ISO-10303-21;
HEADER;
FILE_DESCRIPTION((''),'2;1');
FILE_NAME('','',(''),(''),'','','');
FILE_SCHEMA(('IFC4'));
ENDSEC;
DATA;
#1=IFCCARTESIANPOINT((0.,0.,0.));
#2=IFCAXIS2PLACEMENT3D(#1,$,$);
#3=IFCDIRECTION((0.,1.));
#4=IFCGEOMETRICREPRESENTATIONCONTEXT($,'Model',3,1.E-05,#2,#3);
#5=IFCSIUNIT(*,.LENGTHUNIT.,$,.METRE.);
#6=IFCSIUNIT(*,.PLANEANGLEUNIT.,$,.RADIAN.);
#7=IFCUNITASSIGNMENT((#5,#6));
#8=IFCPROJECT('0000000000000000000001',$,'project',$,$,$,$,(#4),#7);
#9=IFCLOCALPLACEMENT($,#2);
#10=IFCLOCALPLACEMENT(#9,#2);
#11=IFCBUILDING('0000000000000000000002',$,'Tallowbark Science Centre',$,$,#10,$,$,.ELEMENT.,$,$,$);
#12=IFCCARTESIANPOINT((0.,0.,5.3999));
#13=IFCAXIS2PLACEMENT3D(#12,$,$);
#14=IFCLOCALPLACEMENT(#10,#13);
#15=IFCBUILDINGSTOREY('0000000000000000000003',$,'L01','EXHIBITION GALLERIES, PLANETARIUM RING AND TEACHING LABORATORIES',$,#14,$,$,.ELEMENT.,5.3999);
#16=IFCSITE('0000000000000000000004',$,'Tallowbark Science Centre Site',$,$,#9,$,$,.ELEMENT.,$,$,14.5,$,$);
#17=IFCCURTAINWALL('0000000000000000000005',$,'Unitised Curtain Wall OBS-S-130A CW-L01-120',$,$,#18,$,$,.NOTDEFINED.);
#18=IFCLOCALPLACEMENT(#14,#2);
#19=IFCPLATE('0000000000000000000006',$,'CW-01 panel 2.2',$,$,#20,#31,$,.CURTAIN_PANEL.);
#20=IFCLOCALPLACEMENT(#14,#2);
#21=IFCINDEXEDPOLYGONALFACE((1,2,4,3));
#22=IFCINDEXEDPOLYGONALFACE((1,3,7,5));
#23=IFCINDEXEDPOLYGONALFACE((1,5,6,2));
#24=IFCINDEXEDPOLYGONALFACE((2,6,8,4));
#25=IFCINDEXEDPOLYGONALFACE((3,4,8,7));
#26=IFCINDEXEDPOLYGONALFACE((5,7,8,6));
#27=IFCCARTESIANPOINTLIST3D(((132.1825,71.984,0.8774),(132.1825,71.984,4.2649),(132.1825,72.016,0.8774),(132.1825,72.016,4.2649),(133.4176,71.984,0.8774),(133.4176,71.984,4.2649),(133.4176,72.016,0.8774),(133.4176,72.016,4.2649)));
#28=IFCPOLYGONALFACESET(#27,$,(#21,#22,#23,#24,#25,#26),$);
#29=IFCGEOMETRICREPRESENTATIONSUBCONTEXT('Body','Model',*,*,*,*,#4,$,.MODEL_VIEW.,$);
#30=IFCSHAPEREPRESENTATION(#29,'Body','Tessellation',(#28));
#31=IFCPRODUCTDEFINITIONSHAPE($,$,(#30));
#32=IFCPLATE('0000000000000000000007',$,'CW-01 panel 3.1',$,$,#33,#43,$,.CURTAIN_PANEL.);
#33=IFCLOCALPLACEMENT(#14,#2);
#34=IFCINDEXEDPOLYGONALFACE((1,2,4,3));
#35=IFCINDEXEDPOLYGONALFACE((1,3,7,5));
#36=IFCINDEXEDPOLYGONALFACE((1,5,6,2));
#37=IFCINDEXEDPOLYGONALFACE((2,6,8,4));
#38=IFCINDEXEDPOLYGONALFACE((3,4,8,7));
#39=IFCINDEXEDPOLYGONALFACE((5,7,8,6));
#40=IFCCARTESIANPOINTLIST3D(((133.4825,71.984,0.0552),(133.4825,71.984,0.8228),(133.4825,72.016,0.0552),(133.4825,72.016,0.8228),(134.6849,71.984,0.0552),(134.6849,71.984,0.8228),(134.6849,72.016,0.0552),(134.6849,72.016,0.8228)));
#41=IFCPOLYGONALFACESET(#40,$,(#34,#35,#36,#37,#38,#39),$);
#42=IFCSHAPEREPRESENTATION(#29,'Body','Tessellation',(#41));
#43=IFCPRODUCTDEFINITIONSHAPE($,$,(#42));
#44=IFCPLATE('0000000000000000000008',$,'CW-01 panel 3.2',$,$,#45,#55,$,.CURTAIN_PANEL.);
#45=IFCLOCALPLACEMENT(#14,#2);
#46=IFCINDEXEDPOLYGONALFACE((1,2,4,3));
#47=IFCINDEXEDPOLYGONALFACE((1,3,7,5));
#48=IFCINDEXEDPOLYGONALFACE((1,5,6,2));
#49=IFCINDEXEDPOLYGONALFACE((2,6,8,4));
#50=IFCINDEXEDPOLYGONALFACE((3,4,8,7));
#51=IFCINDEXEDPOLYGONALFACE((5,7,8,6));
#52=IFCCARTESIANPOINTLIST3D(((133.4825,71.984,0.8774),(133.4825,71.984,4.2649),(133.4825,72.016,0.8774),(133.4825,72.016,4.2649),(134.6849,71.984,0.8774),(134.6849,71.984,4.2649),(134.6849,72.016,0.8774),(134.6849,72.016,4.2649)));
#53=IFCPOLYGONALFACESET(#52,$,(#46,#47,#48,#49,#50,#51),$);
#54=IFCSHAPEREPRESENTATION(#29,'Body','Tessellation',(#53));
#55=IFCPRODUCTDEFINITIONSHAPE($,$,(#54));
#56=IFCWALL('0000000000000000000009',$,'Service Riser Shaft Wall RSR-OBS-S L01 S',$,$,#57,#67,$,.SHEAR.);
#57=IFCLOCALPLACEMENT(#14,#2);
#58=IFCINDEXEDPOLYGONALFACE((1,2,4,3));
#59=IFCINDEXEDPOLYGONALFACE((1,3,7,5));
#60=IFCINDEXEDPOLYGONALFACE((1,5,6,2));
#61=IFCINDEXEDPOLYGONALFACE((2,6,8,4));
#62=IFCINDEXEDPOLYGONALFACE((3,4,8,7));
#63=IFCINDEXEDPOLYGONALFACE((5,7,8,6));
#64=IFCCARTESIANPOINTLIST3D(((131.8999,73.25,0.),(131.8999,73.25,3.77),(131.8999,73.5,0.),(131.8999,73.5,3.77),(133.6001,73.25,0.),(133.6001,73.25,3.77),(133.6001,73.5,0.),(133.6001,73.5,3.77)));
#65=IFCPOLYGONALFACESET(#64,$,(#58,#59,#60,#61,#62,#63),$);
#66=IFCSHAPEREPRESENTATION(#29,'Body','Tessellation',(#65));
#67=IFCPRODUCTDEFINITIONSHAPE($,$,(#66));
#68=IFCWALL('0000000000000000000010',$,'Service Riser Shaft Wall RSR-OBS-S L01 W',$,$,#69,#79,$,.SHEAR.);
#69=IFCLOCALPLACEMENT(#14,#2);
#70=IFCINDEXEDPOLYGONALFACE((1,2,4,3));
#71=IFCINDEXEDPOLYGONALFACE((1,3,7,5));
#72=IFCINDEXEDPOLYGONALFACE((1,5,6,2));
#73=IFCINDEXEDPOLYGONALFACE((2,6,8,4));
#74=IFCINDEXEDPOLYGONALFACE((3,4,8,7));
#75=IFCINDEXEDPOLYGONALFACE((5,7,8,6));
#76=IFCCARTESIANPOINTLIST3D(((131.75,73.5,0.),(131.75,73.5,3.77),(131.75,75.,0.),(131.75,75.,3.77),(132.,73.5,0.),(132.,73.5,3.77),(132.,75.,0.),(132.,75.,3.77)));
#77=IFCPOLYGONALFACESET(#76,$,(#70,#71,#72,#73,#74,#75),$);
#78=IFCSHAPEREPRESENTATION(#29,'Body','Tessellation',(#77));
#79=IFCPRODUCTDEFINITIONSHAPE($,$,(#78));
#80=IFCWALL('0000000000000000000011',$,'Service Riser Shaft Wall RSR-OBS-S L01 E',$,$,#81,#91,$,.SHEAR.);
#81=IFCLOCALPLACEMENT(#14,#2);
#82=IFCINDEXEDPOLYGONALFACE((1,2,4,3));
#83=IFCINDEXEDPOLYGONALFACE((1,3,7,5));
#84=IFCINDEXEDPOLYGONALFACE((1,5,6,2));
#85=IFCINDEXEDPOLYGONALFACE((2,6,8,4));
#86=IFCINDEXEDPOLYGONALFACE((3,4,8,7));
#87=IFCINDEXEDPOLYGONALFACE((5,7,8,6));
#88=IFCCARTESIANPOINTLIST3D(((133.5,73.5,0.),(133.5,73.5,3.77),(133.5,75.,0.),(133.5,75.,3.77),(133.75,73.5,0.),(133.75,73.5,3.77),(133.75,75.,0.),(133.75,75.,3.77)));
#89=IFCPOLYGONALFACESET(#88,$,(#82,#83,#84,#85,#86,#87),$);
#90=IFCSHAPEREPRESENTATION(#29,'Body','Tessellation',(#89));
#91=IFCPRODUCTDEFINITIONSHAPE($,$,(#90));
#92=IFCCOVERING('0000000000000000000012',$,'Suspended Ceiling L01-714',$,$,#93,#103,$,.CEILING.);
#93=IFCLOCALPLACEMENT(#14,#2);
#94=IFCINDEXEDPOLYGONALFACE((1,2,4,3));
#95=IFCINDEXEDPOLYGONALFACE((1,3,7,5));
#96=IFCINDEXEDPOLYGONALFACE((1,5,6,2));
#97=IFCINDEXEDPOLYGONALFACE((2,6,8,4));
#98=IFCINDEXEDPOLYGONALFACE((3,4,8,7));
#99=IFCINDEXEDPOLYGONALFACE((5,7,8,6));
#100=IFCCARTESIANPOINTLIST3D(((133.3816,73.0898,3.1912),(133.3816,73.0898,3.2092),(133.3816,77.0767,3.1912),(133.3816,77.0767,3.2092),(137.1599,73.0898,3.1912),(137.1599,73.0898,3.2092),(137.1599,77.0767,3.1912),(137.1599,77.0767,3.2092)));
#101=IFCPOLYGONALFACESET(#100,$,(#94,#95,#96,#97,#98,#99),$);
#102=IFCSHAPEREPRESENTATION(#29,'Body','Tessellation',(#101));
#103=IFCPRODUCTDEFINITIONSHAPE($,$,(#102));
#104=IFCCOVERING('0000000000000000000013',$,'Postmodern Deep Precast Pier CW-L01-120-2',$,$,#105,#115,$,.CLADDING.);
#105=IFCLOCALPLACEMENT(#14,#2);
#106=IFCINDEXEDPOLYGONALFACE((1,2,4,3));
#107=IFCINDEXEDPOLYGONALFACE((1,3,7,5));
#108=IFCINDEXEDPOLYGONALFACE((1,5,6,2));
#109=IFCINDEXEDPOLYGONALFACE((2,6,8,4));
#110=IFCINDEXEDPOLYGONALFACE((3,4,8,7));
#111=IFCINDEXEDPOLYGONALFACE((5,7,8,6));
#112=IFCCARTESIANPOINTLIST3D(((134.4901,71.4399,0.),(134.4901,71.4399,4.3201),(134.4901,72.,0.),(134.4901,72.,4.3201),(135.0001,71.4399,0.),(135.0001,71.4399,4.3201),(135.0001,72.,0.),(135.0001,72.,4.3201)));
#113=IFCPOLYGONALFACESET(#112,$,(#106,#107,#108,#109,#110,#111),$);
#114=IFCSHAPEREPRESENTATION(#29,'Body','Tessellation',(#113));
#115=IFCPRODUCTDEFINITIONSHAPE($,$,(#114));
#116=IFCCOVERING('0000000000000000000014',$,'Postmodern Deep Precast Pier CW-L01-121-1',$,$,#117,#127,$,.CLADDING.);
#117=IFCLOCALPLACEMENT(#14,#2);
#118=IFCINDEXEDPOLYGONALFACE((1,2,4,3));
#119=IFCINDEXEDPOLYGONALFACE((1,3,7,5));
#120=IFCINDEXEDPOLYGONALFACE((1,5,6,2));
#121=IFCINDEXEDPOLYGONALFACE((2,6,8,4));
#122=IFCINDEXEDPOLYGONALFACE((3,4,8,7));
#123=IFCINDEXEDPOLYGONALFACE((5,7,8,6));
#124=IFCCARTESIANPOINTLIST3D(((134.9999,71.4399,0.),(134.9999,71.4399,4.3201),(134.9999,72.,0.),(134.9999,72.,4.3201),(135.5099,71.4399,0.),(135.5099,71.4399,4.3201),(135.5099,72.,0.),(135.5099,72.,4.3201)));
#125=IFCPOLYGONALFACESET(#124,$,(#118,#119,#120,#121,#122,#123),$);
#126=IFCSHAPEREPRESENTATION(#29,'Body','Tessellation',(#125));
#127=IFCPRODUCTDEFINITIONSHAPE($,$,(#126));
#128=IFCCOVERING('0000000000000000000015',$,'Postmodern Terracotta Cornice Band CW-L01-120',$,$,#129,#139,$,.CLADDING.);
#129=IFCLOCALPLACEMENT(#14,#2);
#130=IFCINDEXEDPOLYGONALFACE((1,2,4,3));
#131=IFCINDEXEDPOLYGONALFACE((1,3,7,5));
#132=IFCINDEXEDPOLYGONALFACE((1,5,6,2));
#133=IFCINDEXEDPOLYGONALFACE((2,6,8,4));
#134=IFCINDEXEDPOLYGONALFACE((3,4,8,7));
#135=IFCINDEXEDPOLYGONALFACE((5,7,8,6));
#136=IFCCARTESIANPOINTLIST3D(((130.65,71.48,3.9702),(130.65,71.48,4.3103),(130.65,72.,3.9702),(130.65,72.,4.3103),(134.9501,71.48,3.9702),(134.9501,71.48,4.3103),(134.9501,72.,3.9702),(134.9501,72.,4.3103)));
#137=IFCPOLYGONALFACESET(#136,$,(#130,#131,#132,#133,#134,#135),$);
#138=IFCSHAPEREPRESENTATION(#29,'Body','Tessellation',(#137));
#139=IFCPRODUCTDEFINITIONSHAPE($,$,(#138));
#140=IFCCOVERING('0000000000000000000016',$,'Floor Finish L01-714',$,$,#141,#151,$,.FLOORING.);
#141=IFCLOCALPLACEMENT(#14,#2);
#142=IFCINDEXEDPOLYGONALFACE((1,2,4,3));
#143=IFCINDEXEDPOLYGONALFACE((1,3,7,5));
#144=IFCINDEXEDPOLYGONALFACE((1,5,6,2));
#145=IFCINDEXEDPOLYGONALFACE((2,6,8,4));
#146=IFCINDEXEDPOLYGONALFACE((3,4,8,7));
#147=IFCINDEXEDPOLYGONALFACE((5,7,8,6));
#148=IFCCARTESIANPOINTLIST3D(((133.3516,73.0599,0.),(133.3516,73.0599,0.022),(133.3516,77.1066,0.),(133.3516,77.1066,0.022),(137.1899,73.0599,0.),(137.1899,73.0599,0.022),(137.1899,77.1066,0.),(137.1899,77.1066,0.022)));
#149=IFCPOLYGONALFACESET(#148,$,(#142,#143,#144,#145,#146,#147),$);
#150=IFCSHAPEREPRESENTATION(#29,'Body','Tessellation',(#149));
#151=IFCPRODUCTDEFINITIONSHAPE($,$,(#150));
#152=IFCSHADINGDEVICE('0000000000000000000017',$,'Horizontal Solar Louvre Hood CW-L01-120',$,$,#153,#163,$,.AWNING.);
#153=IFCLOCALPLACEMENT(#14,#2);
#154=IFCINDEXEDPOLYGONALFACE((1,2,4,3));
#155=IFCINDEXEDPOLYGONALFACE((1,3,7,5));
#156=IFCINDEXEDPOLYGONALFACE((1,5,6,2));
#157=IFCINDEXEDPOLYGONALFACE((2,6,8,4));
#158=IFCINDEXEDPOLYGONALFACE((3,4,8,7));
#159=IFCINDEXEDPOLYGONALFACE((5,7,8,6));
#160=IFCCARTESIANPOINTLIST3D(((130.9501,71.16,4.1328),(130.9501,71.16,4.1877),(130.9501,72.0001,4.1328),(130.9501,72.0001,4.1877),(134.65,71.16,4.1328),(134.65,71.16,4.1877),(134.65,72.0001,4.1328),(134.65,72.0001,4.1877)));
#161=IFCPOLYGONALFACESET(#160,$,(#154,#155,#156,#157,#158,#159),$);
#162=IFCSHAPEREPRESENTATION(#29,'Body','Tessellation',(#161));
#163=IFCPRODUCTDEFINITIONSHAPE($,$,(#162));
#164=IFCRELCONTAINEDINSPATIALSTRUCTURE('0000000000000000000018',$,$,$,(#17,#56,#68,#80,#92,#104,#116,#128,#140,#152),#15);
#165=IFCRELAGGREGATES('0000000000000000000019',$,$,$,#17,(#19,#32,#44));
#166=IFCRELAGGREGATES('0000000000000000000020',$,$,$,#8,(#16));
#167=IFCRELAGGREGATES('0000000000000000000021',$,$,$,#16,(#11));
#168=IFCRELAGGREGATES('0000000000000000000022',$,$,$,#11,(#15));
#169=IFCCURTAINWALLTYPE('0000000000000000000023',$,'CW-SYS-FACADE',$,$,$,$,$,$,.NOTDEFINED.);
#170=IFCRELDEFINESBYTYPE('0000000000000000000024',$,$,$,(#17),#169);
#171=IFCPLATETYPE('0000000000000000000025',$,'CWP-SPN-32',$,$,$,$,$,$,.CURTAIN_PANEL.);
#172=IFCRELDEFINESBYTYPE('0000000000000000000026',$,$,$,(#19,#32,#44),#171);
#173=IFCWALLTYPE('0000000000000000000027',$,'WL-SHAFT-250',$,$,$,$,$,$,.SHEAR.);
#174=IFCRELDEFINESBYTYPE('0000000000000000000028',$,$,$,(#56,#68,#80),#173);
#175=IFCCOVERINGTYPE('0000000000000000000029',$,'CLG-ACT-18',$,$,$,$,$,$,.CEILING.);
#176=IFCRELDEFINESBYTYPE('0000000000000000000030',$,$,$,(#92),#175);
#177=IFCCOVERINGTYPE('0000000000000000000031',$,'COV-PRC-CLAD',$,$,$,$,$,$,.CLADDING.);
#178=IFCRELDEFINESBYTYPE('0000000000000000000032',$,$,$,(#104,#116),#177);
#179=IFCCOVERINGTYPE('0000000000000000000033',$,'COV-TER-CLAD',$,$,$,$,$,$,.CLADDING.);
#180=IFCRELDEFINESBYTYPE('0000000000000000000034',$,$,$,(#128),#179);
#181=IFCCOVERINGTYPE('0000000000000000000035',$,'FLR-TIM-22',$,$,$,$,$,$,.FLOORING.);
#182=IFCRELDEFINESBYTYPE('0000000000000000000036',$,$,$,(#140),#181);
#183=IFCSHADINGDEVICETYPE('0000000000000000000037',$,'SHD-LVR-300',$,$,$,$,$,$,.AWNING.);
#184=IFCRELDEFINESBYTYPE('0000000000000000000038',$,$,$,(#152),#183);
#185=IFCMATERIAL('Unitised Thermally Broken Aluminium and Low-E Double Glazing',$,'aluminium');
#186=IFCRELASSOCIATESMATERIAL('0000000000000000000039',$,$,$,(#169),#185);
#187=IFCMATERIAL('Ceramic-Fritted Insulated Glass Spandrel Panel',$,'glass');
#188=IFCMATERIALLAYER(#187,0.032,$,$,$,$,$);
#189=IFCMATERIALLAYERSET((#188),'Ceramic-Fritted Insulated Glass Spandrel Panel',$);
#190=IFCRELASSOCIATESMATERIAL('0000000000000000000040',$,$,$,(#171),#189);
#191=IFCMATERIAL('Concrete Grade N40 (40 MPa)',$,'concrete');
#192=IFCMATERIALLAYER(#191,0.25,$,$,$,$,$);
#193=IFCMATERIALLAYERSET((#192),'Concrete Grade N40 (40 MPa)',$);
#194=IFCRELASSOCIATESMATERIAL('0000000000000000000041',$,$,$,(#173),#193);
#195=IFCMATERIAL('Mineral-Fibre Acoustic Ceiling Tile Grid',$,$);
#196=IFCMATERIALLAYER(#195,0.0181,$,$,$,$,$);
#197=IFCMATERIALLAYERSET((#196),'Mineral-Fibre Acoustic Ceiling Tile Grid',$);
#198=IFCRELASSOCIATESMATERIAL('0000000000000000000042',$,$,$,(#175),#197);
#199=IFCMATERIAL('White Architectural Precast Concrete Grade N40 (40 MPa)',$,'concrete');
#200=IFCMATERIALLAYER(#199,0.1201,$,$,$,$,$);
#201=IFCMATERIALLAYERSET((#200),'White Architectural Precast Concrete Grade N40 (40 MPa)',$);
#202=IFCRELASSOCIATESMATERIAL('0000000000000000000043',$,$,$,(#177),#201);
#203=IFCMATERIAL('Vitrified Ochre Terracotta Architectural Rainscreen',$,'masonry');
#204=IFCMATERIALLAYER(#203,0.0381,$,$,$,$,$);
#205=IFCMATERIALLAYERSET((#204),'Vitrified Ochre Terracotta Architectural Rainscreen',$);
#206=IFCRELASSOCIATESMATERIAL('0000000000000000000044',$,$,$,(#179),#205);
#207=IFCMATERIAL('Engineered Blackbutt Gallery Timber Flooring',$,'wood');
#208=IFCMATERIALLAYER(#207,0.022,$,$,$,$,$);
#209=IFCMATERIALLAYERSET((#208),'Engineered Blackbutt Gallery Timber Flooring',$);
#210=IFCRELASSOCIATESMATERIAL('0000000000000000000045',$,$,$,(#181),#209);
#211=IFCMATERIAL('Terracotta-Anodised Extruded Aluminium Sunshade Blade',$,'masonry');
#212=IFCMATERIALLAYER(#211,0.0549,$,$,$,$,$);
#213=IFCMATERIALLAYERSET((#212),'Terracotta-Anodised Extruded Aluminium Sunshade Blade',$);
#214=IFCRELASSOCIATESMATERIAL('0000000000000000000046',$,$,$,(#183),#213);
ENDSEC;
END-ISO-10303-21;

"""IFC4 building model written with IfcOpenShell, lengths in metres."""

from ifc_helpers import new_model, si_unit, direction, frame, frame_2d, origin, origin_2d, place, context, subcontext, project, spatial, rectangle, extrude, material, layer, layer_set, type_object, element, aggregate, save


model = new_model("IFC4")

# Units and contexts
model_context = context("Model", 3, precision=1e-05, world=origin(), true_north=direction((0.0, 1.0)))
body_context = subcontext(model_context, "Body", "Model", "MODEL_VIEW")
ifc_project = project(units=[si_unit("LENGTHUNIT", "METRE"), si_unit("PLANEANGLEUNIT", "RADIAN")], contexts=[model_context])

# Site, building, storey
site_placement = place(None, origin())
site = spatial("IfcSite", under=ifc_project, at=site_placement, Name="Tallowbark Science Centre Site", CompositionType="ELEMENT", RefElevation=14.5)
building_placement = place(site_placement, origin())
building = spatial("IfcBuilding", under=site, at=building_placement, Name="Tallowbark Science Centre", CompositionType="ELEMENT")
storey_placement = place(building_placement, frame((0.0, 0.0, 5.3999)))
storey = spatial("IfcBuildingStorey", under=building, at=storey_placement, Name="L01", Description="EXHIBITION GALLERIES, PLANETARIUM RING AND TEACHING LABORATORIES", CompositionType="ELEMENT", Elevation=5.3999)

# Curtain wall
ifc_material_1 = material(Name="Unitised Thermally Broken Aluminium and Low-E Double Glazing", Category="aluminium")
curtain_wall_type = type_object("IfcCurtainWallType", Name="CW-SYS-FACADE", PredefinedType="NOTDEFINED", material=ifc_material_1)
curtain_wall_1_placement = place(storey_placement, origin())
curtain_wall_1 = element("IfcCurtainWall", 1, at=curtain_wall_1_placement, inside=storey, type_object=curtain_wall_type, Name="Unitised Curtain Wall OBS-S-130A CW-L01-120", PredefinedType="NOTDEFINED")

# Plates
ifc_material_2 = material(Name="Ceramic-Fritted Insulated Glass Spandrel Panel", Category="glass")
ifc_layer_1 = layer(ifc_material_2, 0.032)
ifc_layer_set_1 = layer_set([ifc_layer_1], Name="Ceramic-Fritted Insulated Glass Spandrel Panel")
plate_type = type_object("IfcPlateType", Name="CWP-SPN-32", PredefinedType="CURTAIN_PANEL", material=ifc_layer_set_1)
plate_1_placement = place(storey_placement, frame((132.8, 72.0, 0.8774), z_axis=(0.0, 0.0, 1.0), x_axis=(1.0, 0.0, 0.0)))
plate_1 = element("IfcPlate", 2, at=plate_1_placement, type_object=plate_type, Name="CW-01 panel 2.2", PredefinedType="CURTAIN_PANEL", context=body_context, shape_type="SweptSolid", body=[
    extrude(rectangle(XDim=1.2351, YDim=0.032, at=origin_2d()), origin(), (0.0, 0.0, 1.0), 3.3875),
])
plate_2_placement = place(storey_placement, frame((134.0837, 72.0, 0.0552), z_axis=(0.0, 0.0, 1.0), x_axis=(1.0, 0.0, 0.0)))
plate_2 = element("IfcPlate", 3, at=plate_2_placement, type_object=plate_type, Name="CW-01 panel 3.1", PredefinedType="CURTAIN_PANEL", context=body_context, shape_type="SweptSolid", body=[
    extrude(rectangle(XDim=1.2024, YDim=0.032, at=origin_2d()), origin(), (0.0, 0.0, 1.0), 0.7676),
])
plate_3_placement = place(storey_placement, frame((134.0837, 72.0, 0.8774), z_axis=(0.0, 0.0, 1.0), x_axis=(1.0, 0.0, 0.0)))
plate_3 = element("IfcPlate", 4, at=plate_3_placement, type_object=plate_type, Name="CW-01 panel 3.2", PredefinedType="CURTAIN_PANEL", context=body_context, shape_type="SweptSolid", body=[
    extrude(rectangle(XDim=1.2024, YDim=0.032, at=origin_2d()), origin(), (0.0, 0.0, 1.0), 3.3875),
])
aggregate(curtain_wall_1, [plate_1, plate_2, plate_3])

# Walls
ifc_material_3 = material(Name="Concrete Grade N40 (40 MPa)", Category="concrete")
ifc_layer_2 = layer(ifc_material_3, 0.25)
ifc_layer_set_2 = layer_set([ifc_layer_2], Name="Concrete Grade N40 (40 MPa)")
wall_type = type_object("IfcWallType", Name="WL-SHAFT-250", PredefinedType="SHEAR", material=ifc_layer_set_2)
wall_placement = place(storey_placement, frame((131.8999, 73.375, 0.0), z_axis=(0.0, 0.0, 1.0), x_axis=(1.0, 0.0, 0.0)))
element("IfcWall", 5, at=wall_placement, inside=storey, type_object=wall_type, Name="Service Riser Shaft Wall RSR-OBS-S L01 S", PredefinedType="SHEAR", context=body_context, shape_type="SweptSolid", body=[
    extrude(rectangle(XDim=1.7002, YDim=0.25, at=frame_2d((0.8501, 0.0))), origin(), (0.0, 0.0, 1.0), 3.77),
])
for number, where, z_axis, x_axis, name in (
    (6, (131.875, 73.5, 0.0), (0.0, 0.0, 1.0), (0.0, 1.0, 0.0), "Service Riser Shaft Wall RSR-OBS-S L01 W"),
    (7, (133.625, 73.5, 0.0), (0.0, 0.0, 1.0), (0.0, 1.0, 0.0), "Service Riser Shaft Wall RSR-OBS-S L01 E"),
):
    element("IfcWall", number, at=place(storey_placement, frame(where, z_axis=z_axis, x_axis=x_axis)), inside=storey, type_object=wall_type, Name=name, PredefinedType="SHEAR", context=body_context, shape_type="SweptSolid", body=[
        extrude(rectangle(XDim=1.5, YDim=0.25, at=frame_2d((0.75, 0.0))), origin(), (0.0, 0.0, 1.0), 3.77),
    ])

# Coverings
ifc_material_4 = material(Name="Mineral-Fibre Acoustic Ceiling Tile Grid")
ifc_layer_3 = layer(ifc_material_4, 0.0181)
ifc_layer_set_3 = layer_set([ifc_layer_3], Name="Mineral-Fibre Acoustic Ceiling Tile Grid")
covering_type_1 = type_object("IfcCoveringType", Name="CLG-ACT-18", PredefinedType="CEILING", material=ifc_layer_set_3)
covering_1_placement = place(storey_placement, frame((135.2708, 75.0833, 3.1912), z_axis=(0.0, 0.0, 1.0), x_axis=(1.0, 0.0, 0.0)))
element("IfcCovering", 8, at=covering_1_placement, inside=storey, type_object=covering_type_1, Name="Suspended Ceiling L01-714", PredefinedType="CEILING", context=body_context, shape_type="SweptSolid", body=[
    extrude(rectangle(XDim=3.7783, YDim=3.9868, at=origin_2d()), origin(), (0.0, 0.0, 1.0), 0.0181),
])
ifc_material_5 = material(Name="White Architectural Precast Concrete Grade N40 (40 MPa)", Category="concrete")
ifc_layer_4 = layer(ifc_material_5, 0.1201)
ifc_layer_set_4 = layer_set([ifc_layer_4], Name="White Architectural Precast Concrete Grade N40 (40 MPa)")
covering_type_2 = type_object("IfcCoveringType", Name="COV-PRC-CLAD", PredefinedType="CLADDING", material=ifc_layer_set_4)
for number, where, z_axis, x_axis, name in (
    (9, (134.7451, 71.72, 0.0), (0.0, 0.0, 1.0), (1.0, 0.0, 0.0), "Postmodern Deep Precast Pier CW-L01-120-2"),
    (10, (135.2549, 71.72, 0.0), (0.0, 0.0, 1.0), (1.0, 0.0, 0.0), "Postmodern Deep Precast Pier CW-L01-121-1"),
):
    element("IfcCovering", number, at=place(storey_placement, frame(where, z_axis=z_axis, x_axis=x_axis)), inside=storey, type_object=covering_type_2, Name=name, PredefinedType="CLADDING", context=body_context, shape_type="SweptSolid", body=[
        extrude(rectangle(XDim=0.51, YDim=0.5601, at=origin_2d()), origin(), (0.0, 0.0, 1.0), 4.3201),
    ])
ifc_material_6 = material(Name="Vitrified Ochre Terracotta Architectural Rainscreen", Category="masonry")
ifc_layer_5 = layer(ifc_material_6, 0.0381)
ifc_layer_set_5 = layer_set([ifc_layer_5], Name="Vitrified Ochre Terracotta Architectural Rainscreen")
covering_type_3 = type_object("IfcCoveringType", Name="COV-TER-CLAD", PredefinedType="CLADDING", material=ifc_layer_set_5)
covering_2_placement = place(storey_placement, frame((132.8, 71.74, 3.9702), z_axis=(0.0, 0.0, 1.0), x_axis=(1.0, 0.0, 0.0)))
element("IfcCovering", 11, at=covering_2_placement, inside=storey, type_object=covering_type_3, Name="Postmodern Terracotta Cornice Band CW-L01-120", PredefinedType="CLADDING", context=body_context, shape_type="SweptSolid", body=[
    extrude(rectangle(XDim=4.3, YDim=0.52, at=origin_2d()), origin(), (0.0, 0.0, 1.0), 0.3401),
])
ifc_material_7 = material(Name="Engineered Blackbutt Gallery Timber Flooring", Category="wood")
ifc_layer_6 = layer(ifc_material_7, 0.022)
ifc_layer_set_6 = layer_set([ifc_layer_6], Name="Engineered Blackbutt Gallery Timber Flooring")
covering_type_4 = type_object("IfcCoveringType", Name="FLR-TIM-22", PredefinedType="FLOORING", material=ifc_layer_set_6)
covering_3_placement = place(storey_placement, frame((135.2708, 75.0833, 0.0), z_axis=(0.0, 0.0, 1.0), x_axis=(1.0, 0.0, 0.0)))
element("IfcCovering", 12, at=covering_3_placement, inside=storey, type_object=covering_type_4, Name="Floor Finish L01-714", PredefinedType="FLOORING", context=body_context, shape_type="SweptSolid", body=[
    extrude(rectangle(XDim=3.8384, YDim=4.0466, at=origin_2d()), origin(), (0.0, 0.0, 1.0), 0.022),
])

# Shading device
ifc_material_8 = material(Name="Terracotta-Anodised Extruded Aluminium Sunshade Blade", Category="masonry")
ifc_layer_7 = layer(ifc_material_8, 0.0549)
ifc_layer_set_7 = layer_set([ifc_layer_7], Name="Terracotta-Anodised Extruded Aluminium Sunshade Blade")
shading_device_type = type_object("IfcShadingDeviceType", Name="SHD-LVR-300", PredefinedType="AWNING", material=ifc_layer_set_7)
shading_device_placement = place(storey_placement, frame((132.8, 71.5801, 4.1328), z_axis=(0.0, 0.0, 1.0), x_axis=(1.0, 0.0, 0.0)))
element("IfcShadingDevice", 13, at=shading_device_placement, inside=storey, type_object=shading_device_type, Name="Horizontal Solar Louvre Hood CW-L01-120", PredefinedType="AWNING", context=body_context, shape_type="SweptSolid", body=[
    extrude(rectangle(XDim=3.7, YDim=0.8401, at=origin_2d()), origin(), (0.0, 0.0, 1.0), 0.0549),
])

save(model, "model.ifc")
